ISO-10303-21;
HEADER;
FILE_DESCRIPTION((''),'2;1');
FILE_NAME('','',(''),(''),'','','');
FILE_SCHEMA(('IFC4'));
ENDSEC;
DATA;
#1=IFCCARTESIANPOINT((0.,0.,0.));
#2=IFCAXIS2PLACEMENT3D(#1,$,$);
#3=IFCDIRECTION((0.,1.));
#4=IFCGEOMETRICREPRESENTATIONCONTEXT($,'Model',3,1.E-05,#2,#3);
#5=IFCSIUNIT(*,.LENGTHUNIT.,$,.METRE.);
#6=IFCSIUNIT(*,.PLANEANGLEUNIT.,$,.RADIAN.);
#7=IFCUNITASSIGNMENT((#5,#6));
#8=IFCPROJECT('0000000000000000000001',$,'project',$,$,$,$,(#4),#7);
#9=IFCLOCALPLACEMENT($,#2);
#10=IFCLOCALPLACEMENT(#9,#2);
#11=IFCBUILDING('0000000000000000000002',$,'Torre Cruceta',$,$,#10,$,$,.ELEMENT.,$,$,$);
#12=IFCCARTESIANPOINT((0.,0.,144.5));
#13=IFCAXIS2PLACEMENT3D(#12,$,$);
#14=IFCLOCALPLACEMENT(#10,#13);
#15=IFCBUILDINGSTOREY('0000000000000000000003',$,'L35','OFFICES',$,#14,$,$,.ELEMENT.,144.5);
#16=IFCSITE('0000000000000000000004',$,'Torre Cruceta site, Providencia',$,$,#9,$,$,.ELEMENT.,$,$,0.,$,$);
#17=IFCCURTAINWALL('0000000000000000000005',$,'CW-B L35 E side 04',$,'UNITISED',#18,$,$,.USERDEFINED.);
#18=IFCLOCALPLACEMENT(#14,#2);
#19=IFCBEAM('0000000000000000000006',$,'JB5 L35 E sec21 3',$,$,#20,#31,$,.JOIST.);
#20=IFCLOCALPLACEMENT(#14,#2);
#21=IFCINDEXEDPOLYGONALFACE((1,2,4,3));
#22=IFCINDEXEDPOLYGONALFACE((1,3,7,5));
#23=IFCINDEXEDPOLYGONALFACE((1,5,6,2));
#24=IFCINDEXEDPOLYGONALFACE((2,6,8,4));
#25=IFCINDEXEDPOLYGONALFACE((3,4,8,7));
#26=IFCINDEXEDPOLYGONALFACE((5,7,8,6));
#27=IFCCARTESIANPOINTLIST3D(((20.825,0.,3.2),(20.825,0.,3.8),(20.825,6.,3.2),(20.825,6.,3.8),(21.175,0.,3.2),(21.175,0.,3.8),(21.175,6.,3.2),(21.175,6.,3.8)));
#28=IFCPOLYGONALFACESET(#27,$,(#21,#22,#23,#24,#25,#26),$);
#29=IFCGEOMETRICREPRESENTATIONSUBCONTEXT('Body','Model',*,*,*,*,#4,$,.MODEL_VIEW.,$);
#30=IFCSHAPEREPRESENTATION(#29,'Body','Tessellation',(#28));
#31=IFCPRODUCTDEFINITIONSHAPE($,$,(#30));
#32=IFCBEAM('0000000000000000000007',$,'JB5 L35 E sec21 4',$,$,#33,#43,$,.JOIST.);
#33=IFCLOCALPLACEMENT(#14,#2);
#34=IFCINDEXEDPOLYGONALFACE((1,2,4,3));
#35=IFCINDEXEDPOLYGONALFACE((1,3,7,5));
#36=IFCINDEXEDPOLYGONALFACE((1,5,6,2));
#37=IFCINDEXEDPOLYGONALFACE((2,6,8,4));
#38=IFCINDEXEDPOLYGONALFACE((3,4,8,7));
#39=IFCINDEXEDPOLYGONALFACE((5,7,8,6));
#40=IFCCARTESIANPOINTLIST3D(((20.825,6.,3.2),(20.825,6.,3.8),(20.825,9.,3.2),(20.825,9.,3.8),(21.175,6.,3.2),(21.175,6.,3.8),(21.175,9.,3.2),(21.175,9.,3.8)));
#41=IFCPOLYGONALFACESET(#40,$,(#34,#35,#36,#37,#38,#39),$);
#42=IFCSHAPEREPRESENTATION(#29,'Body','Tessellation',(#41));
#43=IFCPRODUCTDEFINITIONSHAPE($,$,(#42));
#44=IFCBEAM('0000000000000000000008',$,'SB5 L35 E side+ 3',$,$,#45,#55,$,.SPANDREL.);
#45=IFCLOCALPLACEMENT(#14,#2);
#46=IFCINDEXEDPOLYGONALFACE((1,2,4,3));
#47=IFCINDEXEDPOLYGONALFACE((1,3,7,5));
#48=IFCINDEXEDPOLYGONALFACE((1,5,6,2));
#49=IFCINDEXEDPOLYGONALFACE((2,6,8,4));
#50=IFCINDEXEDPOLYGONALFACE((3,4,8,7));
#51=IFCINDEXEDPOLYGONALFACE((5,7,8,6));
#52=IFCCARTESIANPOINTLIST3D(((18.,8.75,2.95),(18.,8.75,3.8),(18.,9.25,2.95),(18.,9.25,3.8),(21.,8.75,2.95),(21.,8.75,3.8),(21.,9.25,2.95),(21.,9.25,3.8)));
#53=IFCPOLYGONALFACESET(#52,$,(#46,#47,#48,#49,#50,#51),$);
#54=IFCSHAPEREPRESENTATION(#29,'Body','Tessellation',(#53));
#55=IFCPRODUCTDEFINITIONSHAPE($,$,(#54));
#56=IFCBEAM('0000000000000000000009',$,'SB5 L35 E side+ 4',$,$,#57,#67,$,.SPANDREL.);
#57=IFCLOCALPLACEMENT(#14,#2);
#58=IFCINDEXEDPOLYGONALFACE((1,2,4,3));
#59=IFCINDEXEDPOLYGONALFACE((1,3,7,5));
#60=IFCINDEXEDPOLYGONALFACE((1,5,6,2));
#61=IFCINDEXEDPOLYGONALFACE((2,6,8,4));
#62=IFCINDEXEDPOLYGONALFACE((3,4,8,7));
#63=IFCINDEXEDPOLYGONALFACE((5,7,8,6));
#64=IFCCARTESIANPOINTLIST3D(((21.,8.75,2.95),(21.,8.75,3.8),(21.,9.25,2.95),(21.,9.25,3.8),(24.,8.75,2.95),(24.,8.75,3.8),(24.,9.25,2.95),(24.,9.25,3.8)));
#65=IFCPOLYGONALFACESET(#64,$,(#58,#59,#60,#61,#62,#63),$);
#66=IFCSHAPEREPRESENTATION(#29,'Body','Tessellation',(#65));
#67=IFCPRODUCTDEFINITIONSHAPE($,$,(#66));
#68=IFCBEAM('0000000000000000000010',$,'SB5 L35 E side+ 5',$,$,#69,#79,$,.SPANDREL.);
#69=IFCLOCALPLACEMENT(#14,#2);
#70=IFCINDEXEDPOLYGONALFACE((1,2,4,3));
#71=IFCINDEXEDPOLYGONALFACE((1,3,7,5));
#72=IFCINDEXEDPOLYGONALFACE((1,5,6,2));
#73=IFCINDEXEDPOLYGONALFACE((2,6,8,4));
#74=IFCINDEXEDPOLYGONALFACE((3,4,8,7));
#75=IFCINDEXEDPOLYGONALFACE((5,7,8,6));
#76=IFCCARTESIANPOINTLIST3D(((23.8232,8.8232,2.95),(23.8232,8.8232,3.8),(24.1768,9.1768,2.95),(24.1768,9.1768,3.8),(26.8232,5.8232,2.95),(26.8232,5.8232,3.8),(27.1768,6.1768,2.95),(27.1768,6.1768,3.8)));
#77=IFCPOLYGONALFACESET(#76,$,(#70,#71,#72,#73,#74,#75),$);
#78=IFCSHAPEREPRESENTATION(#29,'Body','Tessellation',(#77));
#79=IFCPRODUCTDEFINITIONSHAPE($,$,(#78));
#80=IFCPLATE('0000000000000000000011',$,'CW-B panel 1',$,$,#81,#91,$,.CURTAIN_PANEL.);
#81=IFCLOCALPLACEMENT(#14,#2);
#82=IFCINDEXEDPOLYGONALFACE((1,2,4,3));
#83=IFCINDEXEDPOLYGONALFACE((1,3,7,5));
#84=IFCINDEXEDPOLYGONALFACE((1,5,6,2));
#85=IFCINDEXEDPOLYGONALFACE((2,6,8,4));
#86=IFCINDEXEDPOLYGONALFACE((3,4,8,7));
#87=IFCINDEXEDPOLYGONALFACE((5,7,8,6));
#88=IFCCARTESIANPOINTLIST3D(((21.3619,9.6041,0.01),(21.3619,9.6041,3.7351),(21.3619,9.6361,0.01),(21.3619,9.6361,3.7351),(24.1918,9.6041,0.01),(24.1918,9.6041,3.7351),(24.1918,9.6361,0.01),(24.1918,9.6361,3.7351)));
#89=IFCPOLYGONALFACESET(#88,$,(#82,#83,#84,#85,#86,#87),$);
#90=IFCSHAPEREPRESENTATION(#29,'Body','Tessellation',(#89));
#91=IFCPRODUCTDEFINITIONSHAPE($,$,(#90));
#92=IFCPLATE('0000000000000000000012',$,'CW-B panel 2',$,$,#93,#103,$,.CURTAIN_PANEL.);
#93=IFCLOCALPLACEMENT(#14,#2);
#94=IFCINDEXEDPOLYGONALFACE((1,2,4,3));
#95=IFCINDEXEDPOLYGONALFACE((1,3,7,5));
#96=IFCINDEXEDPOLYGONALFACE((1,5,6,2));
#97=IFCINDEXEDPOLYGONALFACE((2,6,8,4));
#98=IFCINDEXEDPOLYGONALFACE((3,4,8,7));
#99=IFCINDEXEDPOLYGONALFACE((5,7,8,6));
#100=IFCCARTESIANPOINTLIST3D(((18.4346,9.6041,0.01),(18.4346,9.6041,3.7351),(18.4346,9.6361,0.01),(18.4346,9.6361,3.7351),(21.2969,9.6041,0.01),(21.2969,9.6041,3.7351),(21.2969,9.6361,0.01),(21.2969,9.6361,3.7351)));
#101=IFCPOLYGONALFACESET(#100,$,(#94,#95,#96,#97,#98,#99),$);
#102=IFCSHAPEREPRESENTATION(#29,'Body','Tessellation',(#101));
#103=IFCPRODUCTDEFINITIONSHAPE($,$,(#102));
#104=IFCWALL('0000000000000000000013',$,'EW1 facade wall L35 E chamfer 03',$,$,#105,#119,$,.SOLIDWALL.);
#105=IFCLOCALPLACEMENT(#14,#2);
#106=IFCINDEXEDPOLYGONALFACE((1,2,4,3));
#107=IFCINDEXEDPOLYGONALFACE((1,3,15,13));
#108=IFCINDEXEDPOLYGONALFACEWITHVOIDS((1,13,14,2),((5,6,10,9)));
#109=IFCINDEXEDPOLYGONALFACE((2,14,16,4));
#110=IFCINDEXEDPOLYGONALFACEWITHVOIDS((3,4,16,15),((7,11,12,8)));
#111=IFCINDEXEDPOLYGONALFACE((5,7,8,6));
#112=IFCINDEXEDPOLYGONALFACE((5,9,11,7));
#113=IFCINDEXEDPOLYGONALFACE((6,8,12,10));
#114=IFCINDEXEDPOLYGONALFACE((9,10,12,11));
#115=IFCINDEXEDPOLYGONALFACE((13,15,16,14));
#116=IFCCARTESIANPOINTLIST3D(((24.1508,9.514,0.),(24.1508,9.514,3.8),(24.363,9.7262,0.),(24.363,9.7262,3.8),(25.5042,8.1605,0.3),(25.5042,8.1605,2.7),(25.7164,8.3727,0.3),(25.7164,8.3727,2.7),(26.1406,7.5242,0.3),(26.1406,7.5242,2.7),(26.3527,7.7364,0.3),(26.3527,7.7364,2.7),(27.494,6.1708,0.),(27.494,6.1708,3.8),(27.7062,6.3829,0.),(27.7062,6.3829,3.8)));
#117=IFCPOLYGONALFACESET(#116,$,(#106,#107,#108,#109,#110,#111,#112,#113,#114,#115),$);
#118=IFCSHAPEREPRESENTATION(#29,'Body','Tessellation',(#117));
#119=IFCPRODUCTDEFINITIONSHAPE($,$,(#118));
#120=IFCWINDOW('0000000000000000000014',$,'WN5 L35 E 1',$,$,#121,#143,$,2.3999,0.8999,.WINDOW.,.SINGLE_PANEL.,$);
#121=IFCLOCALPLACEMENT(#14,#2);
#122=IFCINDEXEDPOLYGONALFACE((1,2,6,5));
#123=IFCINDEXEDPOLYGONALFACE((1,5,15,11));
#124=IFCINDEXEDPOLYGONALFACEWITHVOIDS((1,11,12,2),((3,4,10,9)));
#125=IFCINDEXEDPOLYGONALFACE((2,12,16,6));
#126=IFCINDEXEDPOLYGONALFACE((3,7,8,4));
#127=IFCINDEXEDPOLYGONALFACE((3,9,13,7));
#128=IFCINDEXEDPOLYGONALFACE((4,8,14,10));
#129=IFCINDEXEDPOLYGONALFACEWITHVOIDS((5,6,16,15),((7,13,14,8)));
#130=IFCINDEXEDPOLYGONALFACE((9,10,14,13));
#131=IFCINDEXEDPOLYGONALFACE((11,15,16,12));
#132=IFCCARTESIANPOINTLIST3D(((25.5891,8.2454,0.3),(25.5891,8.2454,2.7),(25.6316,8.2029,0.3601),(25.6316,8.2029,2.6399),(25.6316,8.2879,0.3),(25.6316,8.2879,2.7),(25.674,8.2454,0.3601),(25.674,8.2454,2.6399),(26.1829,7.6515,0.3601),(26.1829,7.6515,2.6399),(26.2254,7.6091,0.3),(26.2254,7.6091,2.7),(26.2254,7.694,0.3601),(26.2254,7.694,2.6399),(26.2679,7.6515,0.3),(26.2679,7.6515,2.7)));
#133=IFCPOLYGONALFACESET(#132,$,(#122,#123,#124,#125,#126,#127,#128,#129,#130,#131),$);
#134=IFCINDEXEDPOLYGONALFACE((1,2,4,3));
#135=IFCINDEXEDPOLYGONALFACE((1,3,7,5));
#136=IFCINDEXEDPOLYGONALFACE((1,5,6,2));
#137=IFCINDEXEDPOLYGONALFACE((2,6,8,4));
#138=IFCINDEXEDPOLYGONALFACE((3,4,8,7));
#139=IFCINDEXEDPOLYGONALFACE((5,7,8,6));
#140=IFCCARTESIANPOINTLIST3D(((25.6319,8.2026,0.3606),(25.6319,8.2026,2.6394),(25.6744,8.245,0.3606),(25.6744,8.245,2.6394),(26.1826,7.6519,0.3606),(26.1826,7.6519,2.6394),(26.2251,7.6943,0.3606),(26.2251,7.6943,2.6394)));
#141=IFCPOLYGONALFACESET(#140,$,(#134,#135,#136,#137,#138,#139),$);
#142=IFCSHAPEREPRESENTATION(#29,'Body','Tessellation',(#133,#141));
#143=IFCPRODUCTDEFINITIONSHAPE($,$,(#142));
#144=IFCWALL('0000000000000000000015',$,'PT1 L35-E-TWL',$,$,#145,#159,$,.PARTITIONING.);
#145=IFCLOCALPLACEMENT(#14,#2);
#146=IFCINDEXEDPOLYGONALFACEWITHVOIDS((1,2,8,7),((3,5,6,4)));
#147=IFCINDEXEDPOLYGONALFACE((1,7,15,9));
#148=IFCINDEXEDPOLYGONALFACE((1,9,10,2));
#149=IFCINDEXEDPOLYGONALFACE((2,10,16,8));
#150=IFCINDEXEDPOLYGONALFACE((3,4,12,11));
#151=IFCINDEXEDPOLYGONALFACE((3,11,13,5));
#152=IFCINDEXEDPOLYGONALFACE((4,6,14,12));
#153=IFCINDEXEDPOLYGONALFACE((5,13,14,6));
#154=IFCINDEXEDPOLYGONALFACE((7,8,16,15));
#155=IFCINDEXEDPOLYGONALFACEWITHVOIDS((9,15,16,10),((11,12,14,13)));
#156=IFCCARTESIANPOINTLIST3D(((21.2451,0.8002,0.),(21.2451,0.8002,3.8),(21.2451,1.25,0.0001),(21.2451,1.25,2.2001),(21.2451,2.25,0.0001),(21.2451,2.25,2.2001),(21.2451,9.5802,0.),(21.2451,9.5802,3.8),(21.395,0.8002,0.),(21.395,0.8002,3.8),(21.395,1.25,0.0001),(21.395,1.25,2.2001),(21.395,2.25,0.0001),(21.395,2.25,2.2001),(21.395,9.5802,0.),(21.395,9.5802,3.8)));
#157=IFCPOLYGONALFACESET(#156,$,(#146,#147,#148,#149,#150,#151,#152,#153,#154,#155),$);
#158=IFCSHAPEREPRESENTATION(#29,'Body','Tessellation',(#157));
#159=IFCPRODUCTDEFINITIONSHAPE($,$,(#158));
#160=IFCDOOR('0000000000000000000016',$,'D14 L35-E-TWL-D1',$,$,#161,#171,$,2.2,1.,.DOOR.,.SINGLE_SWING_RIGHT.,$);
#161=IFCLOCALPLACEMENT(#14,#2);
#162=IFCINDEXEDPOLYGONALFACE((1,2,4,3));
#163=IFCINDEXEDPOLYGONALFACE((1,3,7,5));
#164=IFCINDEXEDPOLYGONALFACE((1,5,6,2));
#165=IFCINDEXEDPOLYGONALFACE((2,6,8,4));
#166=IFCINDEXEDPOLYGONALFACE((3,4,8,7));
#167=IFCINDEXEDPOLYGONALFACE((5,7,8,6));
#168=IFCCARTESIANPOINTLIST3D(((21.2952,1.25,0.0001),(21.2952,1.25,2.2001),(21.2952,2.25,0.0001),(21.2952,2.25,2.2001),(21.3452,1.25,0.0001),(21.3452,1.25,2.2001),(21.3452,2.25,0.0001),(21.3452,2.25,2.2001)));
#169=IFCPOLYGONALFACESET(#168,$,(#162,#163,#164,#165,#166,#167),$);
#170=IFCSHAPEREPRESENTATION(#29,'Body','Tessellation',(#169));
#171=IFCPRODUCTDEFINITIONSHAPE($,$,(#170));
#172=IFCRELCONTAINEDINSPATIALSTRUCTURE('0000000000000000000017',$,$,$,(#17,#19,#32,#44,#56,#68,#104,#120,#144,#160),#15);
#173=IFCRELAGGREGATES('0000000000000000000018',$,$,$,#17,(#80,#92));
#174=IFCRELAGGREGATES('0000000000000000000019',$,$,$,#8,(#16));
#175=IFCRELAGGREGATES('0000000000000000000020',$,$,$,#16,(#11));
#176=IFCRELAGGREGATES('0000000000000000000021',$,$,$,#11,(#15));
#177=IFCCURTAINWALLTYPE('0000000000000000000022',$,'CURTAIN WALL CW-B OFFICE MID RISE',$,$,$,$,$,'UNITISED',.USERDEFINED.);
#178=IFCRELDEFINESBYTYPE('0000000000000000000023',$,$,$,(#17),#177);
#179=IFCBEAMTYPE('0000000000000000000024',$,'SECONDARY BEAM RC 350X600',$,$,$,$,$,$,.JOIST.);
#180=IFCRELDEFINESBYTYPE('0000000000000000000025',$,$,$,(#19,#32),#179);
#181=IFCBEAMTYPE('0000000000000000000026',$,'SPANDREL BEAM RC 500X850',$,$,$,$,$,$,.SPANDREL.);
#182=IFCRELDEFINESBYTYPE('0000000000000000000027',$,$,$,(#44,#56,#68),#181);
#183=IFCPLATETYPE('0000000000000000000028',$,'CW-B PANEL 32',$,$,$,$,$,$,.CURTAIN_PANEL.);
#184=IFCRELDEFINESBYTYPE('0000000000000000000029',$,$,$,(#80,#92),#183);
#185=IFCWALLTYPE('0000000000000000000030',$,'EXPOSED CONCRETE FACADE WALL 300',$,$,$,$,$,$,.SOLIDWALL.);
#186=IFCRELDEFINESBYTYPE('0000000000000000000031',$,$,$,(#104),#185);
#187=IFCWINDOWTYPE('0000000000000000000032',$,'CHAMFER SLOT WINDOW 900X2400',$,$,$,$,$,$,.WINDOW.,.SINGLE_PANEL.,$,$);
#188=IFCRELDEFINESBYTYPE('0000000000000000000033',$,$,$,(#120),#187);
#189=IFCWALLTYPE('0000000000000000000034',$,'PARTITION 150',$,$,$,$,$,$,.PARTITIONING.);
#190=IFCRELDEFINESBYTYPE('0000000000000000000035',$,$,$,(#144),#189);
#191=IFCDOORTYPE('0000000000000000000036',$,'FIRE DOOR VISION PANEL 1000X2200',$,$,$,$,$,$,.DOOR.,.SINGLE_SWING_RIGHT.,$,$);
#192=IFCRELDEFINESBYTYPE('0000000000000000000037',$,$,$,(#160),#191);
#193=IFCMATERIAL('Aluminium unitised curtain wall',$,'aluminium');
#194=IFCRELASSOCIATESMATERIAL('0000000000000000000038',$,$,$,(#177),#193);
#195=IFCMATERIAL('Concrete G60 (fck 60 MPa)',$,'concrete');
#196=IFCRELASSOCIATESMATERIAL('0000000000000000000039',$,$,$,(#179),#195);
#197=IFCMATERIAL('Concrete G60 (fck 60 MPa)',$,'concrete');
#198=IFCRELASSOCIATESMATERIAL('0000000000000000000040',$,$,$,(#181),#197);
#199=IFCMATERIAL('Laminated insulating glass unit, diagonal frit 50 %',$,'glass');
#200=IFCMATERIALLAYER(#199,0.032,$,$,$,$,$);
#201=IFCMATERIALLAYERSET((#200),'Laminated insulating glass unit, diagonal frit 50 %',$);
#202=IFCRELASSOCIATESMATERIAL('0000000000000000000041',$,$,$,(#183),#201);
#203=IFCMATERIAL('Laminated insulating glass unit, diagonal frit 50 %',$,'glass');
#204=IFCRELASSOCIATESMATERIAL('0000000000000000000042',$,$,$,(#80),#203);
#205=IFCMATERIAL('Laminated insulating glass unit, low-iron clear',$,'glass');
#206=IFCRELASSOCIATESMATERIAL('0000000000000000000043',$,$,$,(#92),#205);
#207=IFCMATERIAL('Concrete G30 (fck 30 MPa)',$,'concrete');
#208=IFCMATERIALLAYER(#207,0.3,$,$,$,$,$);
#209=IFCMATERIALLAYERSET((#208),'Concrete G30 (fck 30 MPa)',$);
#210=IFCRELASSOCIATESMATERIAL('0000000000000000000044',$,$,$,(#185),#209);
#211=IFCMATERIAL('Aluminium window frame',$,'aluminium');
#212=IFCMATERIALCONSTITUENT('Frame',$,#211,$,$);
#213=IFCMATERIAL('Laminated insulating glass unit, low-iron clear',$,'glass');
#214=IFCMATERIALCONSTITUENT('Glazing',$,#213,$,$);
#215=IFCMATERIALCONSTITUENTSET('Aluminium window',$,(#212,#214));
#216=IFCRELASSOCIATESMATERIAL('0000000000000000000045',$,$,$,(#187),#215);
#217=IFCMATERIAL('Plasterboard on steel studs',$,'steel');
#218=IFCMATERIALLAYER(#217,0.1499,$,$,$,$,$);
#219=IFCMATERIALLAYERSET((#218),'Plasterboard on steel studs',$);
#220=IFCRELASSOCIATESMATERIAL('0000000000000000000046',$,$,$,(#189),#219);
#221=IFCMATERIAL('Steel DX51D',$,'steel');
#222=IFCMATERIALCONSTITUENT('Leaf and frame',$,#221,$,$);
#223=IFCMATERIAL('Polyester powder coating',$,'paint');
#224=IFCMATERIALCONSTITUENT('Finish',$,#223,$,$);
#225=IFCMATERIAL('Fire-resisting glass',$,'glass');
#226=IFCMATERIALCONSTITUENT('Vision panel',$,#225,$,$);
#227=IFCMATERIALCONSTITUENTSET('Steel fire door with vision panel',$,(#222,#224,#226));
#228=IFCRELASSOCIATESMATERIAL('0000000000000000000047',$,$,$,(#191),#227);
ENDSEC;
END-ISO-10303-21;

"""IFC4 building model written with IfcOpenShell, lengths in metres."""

from ifc_helpers import new_model, si_unit, direction, frame, frame_2d, origin, origin_2d, place, context, subcontext, project, spatial, rectangle, hollow_rectangle, extrude, material, layer, layer_set, constituent, constituent_set, material_profile, profile_set, type_object, element, fill, aggregate, save


model = new_model("IFC4")

# Units and contexts
model_context = context("Model", 3, precision=1e-05, world=origin(), true_north=direction((0.0, 1.0)))
body_context = subcontext(model_context, "Body", "Model", "MODEL_VIEW")
ifc_project = project(units=[si_unit("LENGTHUNIT", "METRE"), si_unit("PLANEANGLEUNIT", "RADIAN")], contexts=[model_context])

# Site, building, storey
site_placement = place(None, origin())
site = spatial("IfcSite", under=ifc_project, at=site_placement, Name="Torre Cruceta site, Providencia", CompositionType="ELEMENT", RefElevation=0.0)
building_placement = place(site_placement, origin())
building = spatial("IfcBuilding", under=site, at=building_placement, Name="Torre Cruceta", CompositionType="ELEMENT")
storey_placement = place(building_placement, frame((0.0, 0.0, 144.5)))
storey = spatial("IfcBuildingStorey", under=building, at=storey_placement, Name="L35", Description="OFFICES", CompositionType="ELEMENT", Elevation=144.5)

# Curtain wall
ifc_material_1 = material(Name="Aluminium unitised curtain wall", Category="aluminium")
curtain_wall_type = type_object("IfcCurtainWallType", Name="CURTAIN WALL CW-B OFFICE MID RISE", ElementType="UNITISED", PredefinedType="USERDEFINED", material=ifc_material_1)
curtain_wall_placement = place(storey_placement, origin())
curtain_wall = element("IfcCurtainWall", 1, at=curtain_wall_placement, inside=storey, type_object=curtain_wall_type, Name="CW-B L35 E side 04", ObjectType="UNITISED", PredefinedType="USERDEFINED")

# Beams
ifc_material_2 = material(Name="Concrete G60 (fck 60 MPa)", Category="concrete")
ifc_material_profile_1 = material_profile(ifc_material_2, rectangle(XDim=0.3501, YDim=0.6001, at=origin_2d()), Name="RC 350X600")
ifc_profile_set_1 = profile_set([ifc_material_profile_1], Name="Concrete G60 (fck 60 MPa)")
beam_type_1 = type_object("IfcBeamType", Name="SECONDARY BEAM RC 350X600", PredefinedType="JOIST", material=ifc_profile_set_1)
beam_1_placement = place(storey_placement, frame((21.0, 0.0, 3.5), z_axis=(0.0, 1.0, 0.0), x_axis=(-1.0, 0.0, 0.0)))
element("IfcBeam", 2, at=beam_1_placement, inside=storey, type_object=beam_type_1, Name="JB5 L35 E sec21 3", PredefinedType="JOIST", context=body_context, shape_type="SweptSolid", body=[
    extrude(rectangle(XDim=0.3501, YDim=0.6001, at=origin_2d()), origin(), (0.0, 0.0, 1.0), 6.0),
])
beam_2_placement = place(storey_placement, frame((21.0, 6.0, 3.5), z_axis=(0.0, 1.0, 0.0), x_axis=(-1.0, 0.0, 0.0)))
element("IfcBeam", 3, at=beam_2_placement, inside=storey, type_object=beam_type_1, Name="JB5 L35 E sec21 4", PredefinedType="JOIST", context=body_context, shape_type="SweptSolid", body=[
    extrude(rectangle(XDim=0.3501, YDim=0.6001, at=origin_2d()), origin(), (0.0, 0.0, 1.0), 3.0),
])
ifc_material_3 = material(Name="Concrete G60 (fck 60 MPa)", Category="concrete")
ifc_material_profile_2 = material_profile(ifc_material_3, rectangle(XDim=0.5, YDim=0.8501, at=origin_2d()), Name="RC 500X850")
ifc_profile_set_2 = profile_set([ifc_material_profile_2], Name="Concrete G60 (fck 60 MPa)")
beam_type_2 = type_object("IfcBeamType", Name="SPANDREL BEAM RC 500X850", PredefinedType="SPANDREL", material=ifc_profile_set_2)
for number, where, z_axis, x_axis, name in (
    (4, (18.0, 9.0, 3.375), (1.0, 0.0, 0.0), (0.0, 1.0, 0.0), "SB5 L35 E side+ 3"),
    (5, (21.0, 9.0, 3.375), (1.0, 0.0, 0.0), (0.0, 1.0, 0.0), "SB5 L35 E side+ 4"),
):
    element("IfcBeam", number, at=place(storey_placement, frame(where, z_axis=z_axis, x_axis=x_axis)), inside=storey, type_object=beam_type_2, Name=name, PredefinedType="SPANDREL", context=body_context, shape_type="SweptSolid", body=[
        extrude(rectangle(XDim=0.5, YDim=0.8501, at=origin_2d()), origin(), (0.0, 0.0, 1.0), 3.0),
    ])
beam_3_placement = place(storey_placement, frame((24.0, 9.0, 3.375), z_axis=(0.707107, -0.707107, 0.0), x_axis=(0.707107, 0.707107, 0.0)))
element("IfcBeam", 6, at=beam_3_placement, inside=storey, type_object=beam_type_2, Name="SB5 L35 E side+ 5", PredefinedType="SPANDREL", context=body_context, shape_type="SweptSolid", body=[
    extrude(rectangle(XDim=0.5, YDim=0.8501, at=origin_2d()), origin(), (0.0, 0.0, 1.0), 4.2427),
])

# Plates
ifc_material_4 = material(Name="Laminated insulating glass unit, diagonal frit 50 %", Category="glass")
ifc_material_5 = material(Name="Laminated insulating glass unit, diagonal frit 50 %", Category="glass")
ifc_layer_1 = layer(ifc_material_5, 0.032)
ifc_layer_set_1 = layer_set([ifc_layer_1], Name="Laminated insulating glass unit, diagonal frit 50 %")
plate_type = type_object("IfcPlateType", Name="CW-B PANEL 32", PredefinedType="CURTAIN_PANEL", material=ifc_layer_set_1)
plate_1_placement = place(storey_placement, frame((22.7769, 9.6201, 0.01), z_axis=(0.0, 0.0, 1.0), x_axis=(-1.0, 0.0, 0.0)))
plate_1 = element("IfcPlate", 7, at=plate_1_placement, type_object=plate_type, material=ifc_material_4, Name="CW-B panel 1", PredefinedType="CURTAIN_PANEL", context=body_context, shape_type="SweptSolid", body=[
    extrude(rectangle(XDim=2.8298, YDim=0.032, at=origin_2d()), origin(), (0.0, 0.0, 1.0), 3.7251),
])
ifc_material_6 = material(Name="Laminated insulating glass unit, low-iron clear", Category="glass")
plate_2_placement = place(storey_placement, frame((19.8657, 9.6201, 0.01), z_axis=(0.0, 0.0, 1.0), x_axis=(-1.0, 0.0, 0.0)))
plate_2 = element("IfcPlate", 8, at=plate_2_placement, type_object=plate_type, material=ifc_material_6, Name="CW-B panel 2", PredefinedType="CURTAIN_PANEL", context=body_context, shape_type="SweptSolid", body=[
    extrude(rectangle(XDim=2.8623, YDim=0.032, at=origin_2d()), origin(), (0.0, 0.0, 1.0), 3.7251),
])
aggregate(curtain_wall, [plate_1, plate_2])

# Wall, opening, window
ifc_material_7 = material(Name="Concrete G30 (fck 30 MPa)", Category="concrete")
ifc_layer_2 = layer(ifc_material_7, 0.3)
ifc_layer_set_2 = layer_set([ifc_layer_2], Name="Concrete G30 (fck 30 MPa)")
wall_type_1 = type_object("IfcWallType", Name="EXPOSED CONCRETE FACADE WALL 300", PredefinedType="SOLIDWALL", material=ifc_layer_set_2)
wall_1_placement = place(storey_placement, frame((27.6001, 6.2769, 0.0), z_axis=(0.0, 0.0, 1.0), x_axis=(-0.707107, 0.707107, 0.0)))
wall_1 = element("IfcWall", 9, at=wall_1_placement, inside=storey, type_object=wall_type_1, Name="EW1 facade wall L35 E chamfer 03", PredefinedType="SOLIDWALL", context=body_context, shape_type="SweptSolid", body=[
    extrude(rectangle(XDim=4.728, YDim=0.3, at=frame_2d((2.364, 0.0))), origin(), (0.0, 0.0, 1.0), 3.8),
])
opening_1_placement = place(wall_1_placement, frame((1.9141, 0.0, 0.3)))
opening_1 = element("IfcOpeningElement", 10, at=opening_1_placement, cuts=wall_1, PredefinedType="OPENING", context=body_context, shape_type="SweptSolid", body=[
    extrude(rectangle(XDim=0.8999, YDim=2.3999, at=frame_2d((0.45, 1.2))), frame((0.0, 0.1599, 0.0), z_axis=(0.0, -1.0, 0.0), x_axis=(1.0, 0.0, 0.0)), (0.0, 0.0, 1.0), 0.3201),
])
ifc_material_8 = material(Name="Aluminium window frame", Category="aluminium")
ifc_constituent_1 = constituent(ifc_material_8, Name="Frame")
ifc_material_9 = material(Name="Laminated insulating glass unit, low-iron clear", Category="glass")
ifc_constituent_2 = constituent(ifc_material_9, Name="Glazing")
ifc_constituent_set_1 = constituent_set(constituents=[ifc_constituent_1, ifc_constituent_2], Name="Aluminium window")
window_type = type_object("IfcWindowType", Name="CHAMFER SLOT WINDOW 900X2400", PartitioningType="SINGLE_PANEL", PredefinedType="WINDOW", material=ifc_constituent_set_1)
window_placement = place(opening_1_placement, origin())
window = element("IfcWindow", 11, at=window_placement, inside=storey, type_object=window_type, Name="WN5 L35 E 1", OverallHeight=2.3999, OverallWidth=0.8999, PartitioningType="SINGLE_PANEL", PredefinedType="WINDOW", context=body_context, shape_type="SweptSolid", body=[
    extrude(hollow_rectangle(XDim=0.8999, YDim=2.3999, WallThickness=0.0601, at=frame_2d((0.45, 1.2))), frame((0.0, 0.03, 0.0), z_axis=(0.0, -1.0, 0.0), x_axis=(1.0, 0.0, 0.0)), (0.0, 0.0, 1.0), 0.0601),
    extrude(rectangle(XDim=0.7788, YDim=2.2788, at=frame_2d((0.45, 1.2))), frame((0.0, 0.03, 0.0), z_axis=(0.0, -1.0, 0.0), x_axis=(1.0, 0.0, 0.0)), (0.0, 0.0, 1.0), 0.0601),
])
fill(opening_1, window)

# Wall, opening, door
ifc_material_10 = material(Name="Plasterboard on steel studs", Category="steel")
ifc_layer_3 = layer(ifc_material_10, 0.1499)
ifc_layer_set_3 = layer_set([ifc_layer_3], Name="Plasterboard on steel studs")
wall_type_2 = type_object("IfcWallType", Name="PARTITION 150", PredefinedType="PARTITIONING", material=ifc_layer_set_3)
wall_2_placement = place(storey_placement, frame((21.3201, 0.8, 0.0), z_axis=(0.0, 0.0, 1.0), x_axis=(0.0, 1.0, 0.0)))
wall_2 = element("IfcWall", 12, at=wall_2_placement, inside=storey, type_object=wall_type_2, Name="PT1 L35-E-TWL", PredefinedType="PARTITIONING", context=body_context, shape_type="SweptSolid", body=[
    extrude(rectangle(XDim=8.78, YDim=0.1499, at=frame_2d((4.3901, 0.0))), origin(), (0.0, 0.0, 1.0), 3.8),
])
opening_2_placement = place(wall_2_placement, frame((0.45, 0.0, 0.0)))
opening_2 = element("IfcOpeningElement", 13, at=opening_2_placement, cuts=wall_2, PredefinedType="OPENING", context=body_context, shape_type="SweptSolid", body=[
    extrude(rectangle(XDim=1.0, YDim=2.2, at=frame_2d((0.5, 1.1001))), frame((0.0, 0.085, 0.0), z_axis=(0.0, -1.0, 0.0), x_axis=(1.0, 0.0, 0.0)), (0.0, 0.0, 1.0), 0.1699),
])
ifc_material_11 = material(Name="Steel DX51D", Category="steel")
ifc_constituent_3 = constituent(ifc_material_11, Name="Leaf and frame")
ifc_material_12 = material(Name="Polyester powder coating", Category="paint")
ifc_constituent_4 = constituent(ifc_material_12, Name="Finish")
ifc_material_13 = material(Name="Fire-resisting glass", Category="glass")
ifc_constituent_5 = constituent(ifc_material_13, Name="Vision panel")
ifc_constituent_set_2 = constituent_set(constituents=[ifc_constituent_3, ifc_constituent_4, ifc_constituent_5], Name="Steel fire door with vision panel")
door_type = type_object("IfcDoorType", Name="FIRE DOOR VISION PANEL 1000X2200", OperationType="SINGLE_SWING_RIGHT", PredefinedType="DOOR", material=ifc_constituent_set_2)
door_placement = place(opening_2_placement, frame((1.0, 0.0, 0.0), z_axis=(0.0, 0.0, 1.0), x_axis=(-1.0, 0.0, 0.0)))
door = element("IfcDoor", 14, at=door_placement, inside=storey, type_object=door_type, Name="D14 L35-E-TWL-D1", OperationType="SINGLE_SWING_RIGHT", OverallHeight=2.2, OverallWidth=1.0, PredefinedType="DOOR", context=body_context, shape_type="SweptSolid", body=[
    extrude(rectangle(XDim=1.0, YDim=2.2, at=frame_2d((0.5, 1.1001))), frame((0.0, 0.0251, 0.0), z_axis=(0.0, -1.0, 0.0), x_axis=(1.0, 0.0, 0.0)), (0.0, 0.0, 1.0), 0.05),
])
fill(opening_2, door)

save(model, "model.ifc")
